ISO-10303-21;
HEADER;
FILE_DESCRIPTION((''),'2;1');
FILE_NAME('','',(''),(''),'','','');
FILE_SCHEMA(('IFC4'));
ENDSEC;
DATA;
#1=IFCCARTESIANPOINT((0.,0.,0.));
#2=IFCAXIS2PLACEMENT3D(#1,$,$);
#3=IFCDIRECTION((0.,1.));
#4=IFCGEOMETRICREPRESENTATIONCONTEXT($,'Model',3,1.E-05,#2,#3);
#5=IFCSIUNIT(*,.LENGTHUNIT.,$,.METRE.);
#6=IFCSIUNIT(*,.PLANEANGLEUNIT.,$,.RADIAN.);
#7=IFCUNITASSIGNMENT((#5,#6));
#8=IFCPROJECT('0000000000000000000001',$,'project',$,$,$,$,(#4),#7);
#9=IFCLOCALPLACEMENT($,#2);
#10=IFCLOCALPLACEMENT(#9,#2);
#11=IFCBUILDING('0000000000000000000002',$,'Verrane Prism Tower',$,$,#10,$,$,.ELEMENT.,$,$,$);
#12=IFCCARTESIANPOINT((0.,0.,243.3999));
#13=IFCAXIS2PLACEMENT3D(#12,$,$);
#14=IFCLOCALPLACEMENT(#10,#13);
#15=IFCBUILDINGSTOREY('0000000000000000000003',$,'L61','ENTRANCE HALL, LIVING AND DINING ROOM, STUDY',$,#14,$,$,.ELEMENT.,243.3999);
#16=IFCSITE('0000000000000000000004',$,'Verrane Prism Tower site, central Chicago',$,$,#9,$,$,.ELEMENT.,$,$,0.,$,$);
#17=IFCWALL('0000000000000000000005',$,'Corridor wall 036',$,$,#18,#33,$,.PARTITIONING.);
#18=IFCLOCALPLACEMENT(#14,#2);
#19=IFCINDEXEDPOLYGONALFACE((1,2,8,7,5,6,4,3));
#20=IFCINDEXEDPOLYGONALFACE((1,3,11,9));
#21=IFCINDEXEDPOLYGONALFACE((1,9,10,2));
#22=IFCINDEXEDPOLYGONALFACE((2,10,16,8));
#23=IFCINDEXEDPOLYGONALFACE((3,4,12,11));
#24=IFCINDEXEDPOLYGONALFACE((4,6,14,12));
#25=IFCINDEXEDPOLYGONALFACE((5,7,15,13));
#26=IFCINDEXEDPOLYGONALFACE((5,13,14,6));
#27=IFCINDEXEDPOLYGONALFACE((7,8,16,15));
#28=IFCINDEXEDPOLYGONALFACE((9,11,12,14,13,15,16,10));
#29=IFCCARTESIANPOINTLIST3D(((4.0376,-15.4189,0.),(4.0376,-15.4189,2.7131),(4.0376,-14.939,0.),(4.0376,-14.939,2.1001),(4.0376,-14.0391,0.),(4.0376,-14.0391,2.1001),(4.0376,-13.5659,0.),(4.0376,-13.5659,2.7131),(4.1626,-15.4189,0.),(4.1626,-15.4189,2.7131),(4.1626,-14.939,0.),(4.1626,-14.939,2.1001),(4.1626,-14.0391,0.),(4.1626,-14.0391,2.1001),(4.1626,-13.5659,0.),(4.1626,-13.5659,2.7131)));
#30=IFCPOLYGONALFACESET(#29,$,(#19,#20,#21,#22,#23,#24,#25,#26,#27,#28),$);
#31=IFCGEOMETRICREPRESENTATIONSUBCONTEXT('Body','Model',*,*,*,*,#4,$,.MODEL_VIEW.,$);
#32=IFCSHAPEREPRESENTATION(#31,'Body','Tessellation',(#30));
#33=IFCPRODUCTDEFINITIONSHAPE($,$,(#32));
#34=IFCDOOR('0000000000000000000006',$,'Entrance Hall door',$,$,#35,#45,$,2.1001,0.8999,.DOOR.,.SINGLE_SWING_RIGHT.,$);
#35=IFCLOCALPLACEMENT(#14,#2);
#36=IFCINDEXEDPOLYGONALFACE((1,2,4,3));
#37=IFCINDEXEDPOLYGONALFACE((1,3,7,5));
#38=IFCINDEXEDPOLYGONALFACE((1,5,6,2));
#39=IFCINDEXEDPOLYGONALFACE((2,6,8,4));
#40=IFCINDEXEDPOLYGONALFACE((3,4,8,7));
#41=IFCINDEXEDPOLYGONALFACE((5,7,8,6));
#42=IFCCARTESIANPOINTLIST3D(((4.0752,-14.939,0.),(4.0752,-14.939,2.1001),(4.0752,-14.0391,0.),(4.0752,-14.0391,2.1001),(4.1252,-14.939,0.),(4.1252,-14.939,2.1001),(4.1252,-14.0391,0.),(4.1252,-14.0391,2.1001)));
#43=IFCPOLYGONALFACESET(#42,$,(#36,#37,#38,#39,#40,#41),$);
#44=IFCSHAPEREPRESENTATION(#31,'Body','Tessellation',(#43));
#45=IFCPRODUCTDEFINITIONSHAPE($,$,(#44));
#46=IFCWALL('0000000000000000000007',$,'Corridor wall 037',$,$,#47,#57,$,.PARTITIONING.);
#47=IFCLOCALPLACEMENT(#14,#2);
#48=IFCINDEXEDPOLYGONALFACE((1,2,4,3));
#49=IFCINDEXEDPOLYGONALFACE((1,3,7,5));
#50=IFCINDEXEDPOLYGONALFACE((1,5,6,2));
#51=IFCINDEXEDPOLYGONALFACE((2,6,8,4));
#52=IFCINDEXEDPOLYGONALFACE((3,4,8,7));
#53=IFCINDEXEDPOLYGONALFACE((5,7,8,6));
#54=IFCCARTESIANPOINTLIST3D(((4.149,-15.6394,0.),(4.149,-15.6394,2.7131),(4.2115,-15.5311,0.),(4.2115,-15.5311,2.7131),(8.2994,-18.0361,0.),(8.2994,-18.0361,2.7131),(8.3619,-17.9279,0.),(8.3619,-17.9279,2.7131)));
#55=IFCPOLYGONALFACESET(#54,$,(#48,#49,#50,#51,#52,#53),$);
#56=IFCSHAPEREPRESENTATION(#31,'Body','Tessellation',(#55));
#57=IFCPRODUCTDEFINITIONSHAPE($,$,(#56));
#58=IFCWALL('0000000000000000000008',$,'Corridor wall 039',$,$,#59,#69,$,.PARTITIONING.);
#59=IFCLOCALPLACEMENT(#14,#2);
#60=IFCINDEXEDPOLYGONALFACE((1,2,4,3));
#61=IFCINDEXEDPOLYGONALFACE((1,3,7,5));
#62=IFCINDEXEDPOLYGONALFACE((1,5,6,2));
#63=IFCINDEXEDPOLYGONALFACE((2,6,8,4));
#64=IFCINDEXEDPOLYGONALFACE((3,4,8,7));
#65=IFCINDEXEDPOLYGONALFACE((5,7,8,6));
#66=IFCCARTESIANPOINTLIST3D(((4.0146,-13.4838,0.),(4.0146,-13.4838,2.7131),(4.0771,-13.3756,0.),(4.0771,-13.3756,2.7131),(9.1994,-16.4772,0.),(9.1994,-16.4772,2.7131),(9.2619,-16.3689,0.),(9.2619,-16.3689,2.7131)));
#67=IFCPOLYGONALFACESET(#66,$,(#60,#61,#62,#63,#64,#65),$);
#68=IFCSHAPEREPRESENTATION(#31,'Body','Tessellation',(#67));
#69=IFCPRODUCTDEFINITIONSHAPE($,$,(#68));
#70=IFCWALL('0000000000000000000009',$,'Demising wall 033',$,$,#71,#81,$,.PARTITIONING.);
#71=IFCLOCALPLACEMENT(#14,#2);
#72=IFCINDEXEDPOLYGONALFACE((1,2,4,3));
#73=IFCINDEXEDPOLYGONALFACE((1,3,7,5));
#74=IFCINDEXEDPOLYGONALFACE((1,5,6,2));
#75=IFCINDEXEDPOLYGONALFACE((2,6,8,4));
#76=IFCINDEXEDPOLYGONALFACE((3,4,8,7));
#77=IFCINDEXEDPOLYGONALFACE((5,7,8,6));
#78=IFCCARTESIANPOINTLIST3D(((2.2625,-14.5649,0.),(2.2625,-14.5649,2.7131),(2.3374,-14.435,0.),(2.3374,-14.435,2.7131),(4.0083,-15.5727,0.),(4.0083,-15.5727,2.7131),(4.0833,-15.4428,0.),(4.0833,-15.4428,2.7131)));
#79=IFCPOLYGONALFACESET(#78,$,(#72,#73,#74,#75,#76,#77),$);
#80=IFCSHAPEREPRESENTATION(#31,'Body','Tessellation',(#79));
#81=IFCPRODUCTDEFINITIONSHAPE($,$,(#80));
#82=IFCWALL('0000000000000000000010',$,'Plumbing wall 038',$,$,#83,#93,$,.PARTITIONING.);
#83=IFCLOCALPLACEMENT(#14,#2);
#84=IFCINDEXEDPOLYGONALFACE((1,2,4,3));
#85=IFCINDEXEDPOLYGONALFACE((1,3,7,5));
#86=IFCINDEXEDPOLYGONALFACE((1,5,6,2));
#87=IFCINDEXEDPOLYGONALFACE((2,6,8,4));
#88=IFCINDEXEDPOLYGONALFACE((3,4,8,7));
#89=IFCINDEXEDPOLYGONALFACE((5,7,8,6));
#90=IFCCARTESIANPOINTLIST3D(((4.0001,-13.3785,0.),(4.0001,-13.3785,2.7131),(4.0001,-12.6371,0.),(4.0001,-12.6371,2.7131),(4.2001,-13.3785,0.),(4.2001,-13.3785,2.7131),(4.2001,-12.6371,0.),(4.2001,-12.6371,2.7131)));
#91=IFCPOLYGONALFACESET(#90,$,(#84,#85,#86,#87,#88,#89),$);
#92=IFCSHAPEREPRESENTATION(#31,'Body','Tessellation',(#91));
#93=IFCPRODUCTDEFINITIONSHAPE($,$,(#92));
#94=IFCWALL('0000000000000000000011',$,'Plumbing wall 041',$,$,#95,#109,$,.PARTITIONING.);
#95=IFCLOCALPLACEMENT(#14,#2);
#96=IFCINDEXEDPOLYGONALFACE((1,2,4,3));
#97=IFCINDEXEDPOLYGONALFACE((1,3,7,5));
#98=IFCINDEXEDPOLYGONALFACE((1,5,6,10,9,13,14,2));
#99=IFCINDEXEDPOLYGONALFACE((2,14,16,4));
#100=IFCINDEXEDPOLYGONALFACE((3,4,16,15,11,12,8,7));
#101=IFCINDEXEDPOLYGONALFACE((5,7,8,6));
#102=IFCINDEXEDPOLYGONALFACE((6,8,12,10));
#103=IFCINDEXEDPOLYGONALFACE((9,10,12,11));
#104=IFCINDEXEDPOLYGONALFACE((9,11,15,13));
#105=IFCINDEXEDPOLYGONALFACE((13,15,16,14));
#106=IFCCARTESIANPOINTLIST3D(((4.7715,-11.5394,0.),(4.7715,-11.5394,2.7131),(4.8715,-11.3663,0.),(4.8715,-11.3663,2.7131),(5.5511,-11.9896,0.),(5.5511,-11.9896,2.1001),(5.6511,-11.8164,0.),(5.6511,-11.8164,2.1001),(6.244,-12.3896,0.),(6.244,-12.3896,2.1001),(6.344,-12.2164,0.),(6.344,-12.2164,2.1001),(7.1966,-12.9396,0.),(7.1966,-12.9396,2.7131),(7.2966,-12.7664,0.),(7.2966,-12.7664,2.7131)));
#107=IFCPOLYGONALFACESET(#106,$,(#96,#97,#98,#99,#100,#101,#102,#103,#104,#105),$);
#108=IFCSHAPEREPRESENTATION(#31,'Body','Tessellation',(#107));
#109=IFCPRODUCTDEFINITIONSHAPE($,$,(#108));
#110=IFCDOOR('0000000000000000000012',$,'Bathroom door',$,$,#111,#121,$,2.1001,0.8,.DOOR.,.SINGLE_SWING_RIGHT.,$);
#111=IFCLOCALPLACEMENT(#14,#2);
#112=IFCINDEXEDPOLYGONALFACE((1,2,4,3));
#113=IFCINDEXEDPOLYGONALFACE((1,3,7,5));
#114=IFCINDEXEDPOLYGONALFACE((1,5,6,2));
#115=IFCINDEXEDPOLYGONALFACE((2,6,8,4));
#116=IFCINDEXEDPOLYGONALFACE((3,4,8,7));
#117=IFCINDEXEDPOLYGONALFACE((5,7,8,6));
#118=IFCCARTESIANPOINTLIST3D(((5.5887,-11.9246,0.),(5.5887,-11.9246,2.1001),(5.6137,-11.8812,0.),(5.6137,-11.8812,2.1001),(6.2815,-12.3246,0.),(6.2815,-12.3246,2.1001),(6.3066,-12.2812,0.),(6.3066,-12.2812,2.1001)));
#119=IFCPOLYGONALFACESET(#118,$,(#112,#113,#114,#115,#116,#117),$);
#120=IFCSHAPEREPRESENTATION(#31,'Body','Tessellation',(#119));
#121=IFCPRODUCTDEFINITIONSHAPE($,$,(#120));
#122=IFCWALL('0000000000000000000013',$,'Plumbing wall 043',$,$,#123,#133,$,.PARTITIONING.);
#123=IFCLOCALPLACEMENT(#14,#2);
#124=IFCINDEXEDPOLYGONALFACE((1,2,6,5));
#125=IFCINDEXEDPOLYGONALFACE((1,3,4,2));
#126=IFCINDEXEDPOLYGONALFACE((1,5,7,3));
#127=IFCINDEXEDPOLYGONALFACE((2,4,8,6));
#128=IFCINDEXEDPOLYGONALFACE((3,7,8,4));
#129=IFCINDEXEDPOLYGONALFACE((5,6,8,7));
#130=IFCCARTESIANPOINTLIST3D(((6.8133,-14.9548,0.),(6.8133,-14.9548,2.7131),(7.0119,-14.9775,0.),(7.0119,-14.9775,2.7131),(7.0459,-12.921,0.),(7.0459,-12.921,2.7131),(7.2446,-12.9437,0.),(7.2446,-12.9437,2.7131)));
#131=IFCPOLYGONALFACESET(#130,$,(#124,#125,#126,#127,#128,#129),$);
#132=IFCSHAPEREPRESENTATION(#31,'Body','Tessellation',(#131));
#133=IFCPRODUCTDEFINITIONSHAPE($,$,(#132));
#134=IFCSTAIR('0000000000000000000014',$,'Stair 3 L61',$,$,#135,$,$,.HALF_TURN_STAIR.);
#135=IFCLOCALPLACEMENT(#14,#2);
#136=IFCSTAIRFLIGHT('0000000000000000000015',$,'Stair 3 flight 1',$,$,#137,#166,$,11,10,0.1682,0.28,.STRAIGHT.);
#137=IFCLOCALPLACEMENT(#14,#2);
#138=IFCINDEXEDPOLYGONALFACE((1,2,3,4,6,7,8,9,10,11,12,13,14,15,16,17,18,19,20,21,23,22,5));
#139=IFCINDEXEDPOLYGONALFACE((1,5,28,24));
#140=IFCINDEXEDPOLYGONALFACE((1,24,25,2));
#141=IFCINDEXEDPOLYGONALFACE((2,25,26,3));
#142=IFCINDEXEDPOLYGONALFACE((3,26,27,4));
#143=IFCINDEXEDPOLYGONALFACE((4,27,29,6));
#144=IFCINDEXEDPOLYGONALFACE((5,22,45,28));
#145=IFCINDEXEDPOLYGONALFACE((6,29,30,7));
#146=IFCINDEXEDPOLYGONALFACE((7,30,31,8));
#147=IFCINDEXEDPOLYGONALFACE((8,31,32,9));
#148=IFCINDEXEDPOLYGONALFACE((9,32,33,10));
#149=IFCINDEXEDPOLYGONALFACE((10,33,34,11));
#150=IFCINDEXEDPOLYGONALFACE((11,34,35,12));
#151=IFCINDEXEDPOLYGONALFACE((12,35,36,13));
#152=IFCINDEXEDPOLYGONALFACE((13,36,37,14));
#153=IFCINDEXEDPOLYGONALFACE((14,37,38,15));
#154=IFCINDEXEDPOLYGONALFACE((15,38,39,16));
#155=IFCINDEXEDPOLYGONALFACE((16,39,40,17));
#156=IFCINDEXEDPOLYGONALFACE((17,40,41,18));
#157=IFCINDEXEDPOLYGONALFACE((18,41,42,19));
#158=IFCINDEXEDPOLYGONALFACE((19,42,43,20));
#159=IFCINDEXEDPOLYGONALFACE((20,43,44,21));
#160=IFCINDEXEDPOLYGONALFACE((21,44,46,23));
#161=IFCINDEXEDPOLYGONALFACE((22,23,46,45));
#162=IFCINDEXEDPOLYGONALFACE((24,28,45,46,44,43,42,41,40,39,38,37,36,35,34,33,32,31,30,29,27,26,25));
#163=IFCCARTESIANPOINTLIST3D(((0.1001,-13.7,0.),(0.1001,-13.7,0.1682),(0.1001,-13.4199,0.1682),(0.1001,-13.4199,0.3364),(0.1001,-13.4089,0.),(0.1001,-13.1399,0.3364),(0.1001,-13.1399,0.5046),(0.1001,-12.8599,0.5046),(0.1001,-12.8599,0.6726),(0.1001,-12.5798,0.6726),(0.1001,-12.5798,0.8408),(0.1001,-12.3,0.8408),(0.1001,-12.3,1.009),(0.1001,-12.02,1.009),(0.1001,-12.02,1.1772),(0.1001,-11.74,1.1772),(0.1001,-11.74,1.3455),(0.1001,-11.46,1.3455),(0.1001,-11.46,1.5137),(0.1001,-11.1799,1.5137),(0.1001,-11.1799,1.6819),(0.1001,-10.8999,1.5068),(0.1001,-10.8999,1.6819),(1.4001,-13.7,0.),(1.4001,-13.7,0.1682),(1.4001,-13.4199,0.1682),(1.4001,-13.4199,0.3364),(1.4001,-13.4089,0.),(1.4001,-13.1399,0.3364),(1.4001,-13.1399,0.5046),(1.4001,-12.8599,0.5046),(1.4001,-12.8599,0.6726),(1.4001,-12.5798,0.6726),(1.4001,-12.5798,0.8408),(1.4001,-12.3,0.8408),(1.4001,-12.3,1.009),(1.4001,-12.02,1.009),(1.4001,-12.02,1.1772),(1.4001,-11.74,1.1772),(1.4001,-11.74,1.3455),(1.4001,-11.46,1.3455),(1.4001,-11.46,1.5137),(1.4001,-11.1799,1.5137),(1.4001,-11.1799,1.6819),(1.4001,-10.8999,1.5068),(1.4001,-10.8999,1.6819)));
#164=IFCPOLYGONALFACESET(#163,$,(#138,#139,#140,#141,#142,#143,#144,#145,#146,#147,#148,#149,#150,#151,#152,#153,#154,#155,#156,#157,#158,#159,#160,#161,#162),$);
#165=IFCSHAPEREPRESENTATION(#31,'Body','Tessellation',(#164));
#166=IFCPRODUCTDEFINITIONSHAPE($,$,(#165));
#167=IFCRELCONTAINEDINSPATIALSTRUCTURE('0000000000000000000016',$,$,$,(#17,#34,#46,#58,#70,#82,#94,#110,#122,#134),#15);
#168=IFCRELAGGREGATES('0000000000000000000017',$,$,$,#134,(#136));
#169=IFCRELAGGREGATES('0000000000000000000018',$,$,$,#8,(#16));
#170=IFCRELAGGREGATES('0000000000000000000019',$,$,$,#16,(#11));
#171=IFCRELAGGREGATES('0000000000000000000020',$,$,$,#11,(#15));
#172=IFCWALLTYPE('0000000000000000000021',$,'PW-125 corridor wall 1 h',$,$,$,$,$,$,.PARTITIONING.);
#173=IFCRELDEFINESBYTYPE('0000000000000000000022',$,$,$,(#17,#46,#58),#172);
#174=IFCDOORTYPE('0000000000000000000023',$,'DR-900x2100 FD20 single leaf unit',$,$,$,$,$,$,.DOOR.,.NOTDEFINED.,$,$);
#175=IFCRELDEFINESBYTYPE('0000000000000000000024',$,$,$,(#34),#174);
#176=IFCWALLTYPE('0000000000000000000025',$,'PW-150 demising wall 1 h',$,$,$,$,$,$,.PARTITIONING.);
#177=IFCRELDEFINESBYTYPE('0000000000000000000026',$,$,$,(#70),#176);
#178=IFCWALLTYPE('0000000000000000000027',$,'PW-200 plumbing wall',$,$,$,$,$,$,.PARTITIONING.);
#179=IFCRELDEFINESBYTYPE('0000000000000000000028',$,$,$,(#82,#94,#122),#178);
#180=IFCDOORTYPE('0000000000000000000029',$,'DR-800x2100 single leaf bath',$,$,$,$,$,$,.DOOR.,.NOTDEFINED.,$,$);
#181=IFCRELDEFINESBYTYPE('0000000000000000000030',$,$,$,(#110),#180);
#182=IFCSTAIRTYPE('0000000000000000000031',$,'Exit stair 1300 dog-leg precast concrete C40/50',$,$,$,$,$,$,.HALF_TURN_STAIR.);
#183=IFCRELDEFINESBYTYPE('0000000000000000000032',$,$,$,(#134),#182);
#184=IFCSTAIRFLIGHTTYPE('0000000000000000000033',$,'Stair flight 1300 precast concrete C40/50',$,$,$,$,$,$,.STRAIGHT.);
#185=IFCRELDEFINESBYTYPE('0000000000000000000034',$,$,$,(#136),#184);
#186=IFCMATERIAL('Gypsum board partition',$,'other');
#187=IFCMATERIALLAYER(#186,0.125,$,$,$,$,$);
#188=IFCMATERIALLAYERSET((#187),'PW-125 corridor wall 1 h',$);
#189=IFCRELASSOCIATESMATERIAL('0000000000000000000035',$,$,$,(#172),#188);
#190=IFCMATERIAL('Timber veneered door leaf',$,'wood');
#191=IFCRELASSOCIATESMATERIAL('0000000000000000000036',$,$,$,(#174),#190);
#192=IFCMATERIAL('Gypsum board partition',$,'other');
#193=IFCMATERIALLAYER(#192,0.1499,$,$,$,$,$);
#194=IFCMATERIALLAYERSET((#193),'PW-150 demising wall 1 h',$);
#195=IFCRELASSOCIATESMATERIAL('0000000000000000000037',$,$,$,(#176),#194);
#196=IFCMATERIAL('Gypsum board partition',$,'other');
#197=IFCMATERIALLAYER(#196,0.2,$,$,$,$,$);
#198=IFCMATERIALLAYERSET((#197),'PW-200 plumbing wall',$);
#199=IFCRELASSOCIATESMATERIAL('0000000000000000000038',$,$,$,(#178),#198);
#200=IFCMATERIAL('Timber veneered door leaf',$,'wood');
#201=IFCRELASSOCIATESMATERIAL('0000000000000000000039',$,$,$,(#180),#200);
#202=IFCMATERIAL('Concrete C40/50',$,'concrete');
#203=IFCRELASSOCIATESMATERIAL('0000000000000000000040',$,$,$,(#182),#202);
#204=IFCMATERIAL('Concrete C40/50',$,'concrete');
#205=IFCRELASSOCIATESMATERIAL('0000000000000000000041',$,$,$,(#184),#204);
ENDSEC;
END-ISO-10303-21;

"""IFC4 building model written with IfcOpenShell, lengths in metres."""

from ifc_helpers import new_model, si_unit, direction, frame, frame_2d, origin, place, context, subcontext, project, spatial, polyline, rectangle, outline, extrude, material, layer, layer_set, type_object, element, fill, aggregate, save


model = new_model("IFC4")

# Units and contexts
model_context = context("Model", 3, precision=1e-05, world=origin(), true_north=direction((0.0, 1.0)))
body_context = subcontext(model_context, "Body", "Model", "MODEL_VIEW")
ifc_project = project(units=[si_unit("LENGTHUNIT", "METRE"), si_unit("PLANEANGLEUNIT", "RADIAN")], contexts=[model_context])

# Site, building, storey
site_placement = place(None, origin())
site = spatial("IfcSite", under=ifc_project, at=site_placement, Name="Verrane Prism Tower site, central Chicago", CompositionType="ELEMENT", RefElevation=0.0)
building_placement = place(site_placement, origin())
building = spatial("IfcBuilding", under=site, at=building_placement, Name="Verrane Prism Tower", CompositionType="ELEMENT")
storey_placement = place(building_placement, frame((0.0, 0.0, 243.3999)))
storey = spatial("IfcBuildingStorey", under=building, at=storey_placement, Name="L61", Description="ENTRANCE HALL, LIVING AND DINING ROOM, STUDY", CompositionType="ELEMENT", Elevation=243.3999)

# Wall, opening, door
ifc_material_1 = material(Name="Gypsum board partition", Category="other")
ifc_layer_1 = layer(ifc_material_1, 0.125)
ifc_layer_set_1 = layer_set([ifc_layer_1], Name="PW-125 corridor wall 1 h")
wall_type_1 = type_object("IfcWallType", Name="PW-125 corridor wall 1 h", PredefinedType="PARTITIONING", material=ifc_layer_set_1)
wall_1_placement = place(storey_placement, frame((4.1001, -15.4189, 0.0), z_axis=(0.0, 0.0, 1.0), x_axis=(0.0, 1.0, 0.0)))
wall_1 = element("IfcWall", 1, at=wall_1_placement, inside=storey, type_object=wall_type_1, Name="Corridor wall 036", PredefinedType="PARTITIONING", context=body_context, shape_type="SweptSolid", body=[
    extrude(rectangle(XDim=1.853, YDim=0.125, at=frame_2d((0.9265, 0.0))), origin(), (0.0, 0.0, 1.0), 2.7131),
])
opening_1_placement = place(wall_1_placement, frame((0.48, 0.0, 0.0)))
opening_1 = element("IfcOpeningElement", 2, at=opening_1_placement, cuts=wall_1, PredefinedType="OPENING", context=body_context, shape_type="SweptSolid", body=[
    extrude(rectangle(XDim=0.8999, YDim=2.1001, at=frame_2d((0.45, 1.05))), frame((0.0, 0.0725, 0.0), z_axis=(0.0, -1.0, 0.0), x_axis=(1.0, 0.0, 0.0)), (0.0, 0.0, 1.0), 0.145),
])
ifc_material_2 = material(Name="Timber veneered door leaf", Category="wood")
door_type_1 = type_object("IfcDoorType", Name="DR-900x2100 FD20 single leaf unit", OperationType="NOTDEFINED", PredefinedType="DOOR", material=ifc_material_2)
door_1_placement = place(opening_1_placement, origin())
door_1 = element("IfcDoor", 3, at=door_1_placement, inside=storey, type_object=door_type_1, Name="Entrance Hall door", OperationType="SINGLE_SWING_RIGHT", OverallHeight=2.1001, OverallWidth=0.8999, PredefinedType="DOOR", context=body_context, shape_type="SweptSolid", body=[
    extrude(rectangle(XDim=0.8999, YDim=2.1001, at=frame_2d((0.45, 1.05))), frame((0.0, 0.0249, 0.0), z_axis=(0.0, -1.0, 0.0), x_axis=(1.0, 0.0, 0.0)), (0.0, 0.0, 1.0), 0.05),
])
fill(opening_1, door_1)

# Walls
wall_2_placement = place(storey_placement, frame((4.1802, -15.5852, 0.0), z_axis=(0.0, 0.0, 1.0), x_axis=(0.86598, -0.500078, 0.0)))
element("IfcWall", 4, at=wall_2_placement, inside=storey, type_object=wall_type_1, Name="Corridor wall 037", PredefinedType="PARTITIONING", context=body_context, shape_type="SweptSolid", body=[
    extrude(rectangle(XDim=4.7927, YDim=0.125, at=frame_2d((2.3965, 0.0))), origin(), (0.0, 0.0, 1.0), 2.7131),
])
wall_3_placement = place(storey_placement, frame((4.0459, -13.4297, 0.0), z_axis=(0.0, 0.0, 1.0), x_axis=(0.866029, -0.499994, 0.0)))
element("IfcWall", 5, at=wall_3_placement, inside=storey, type_object=wall_type_1, Name="Corridor wall 039", PredefinedType="PARTITIONING", context=body_context, shape_type="SweptSolid", body=[
    extrude(rectangle(XDim=5.9868, YDim=0.125, at=frame_2d((2.9934, 0.0))), origin(), (0.0, 0.0, 1.0), 2.7131),
])
ifc_material_3 = material(Name="Gypsum board partition", Category="other")
ifc_layer_2 = layer(ifc_material_3, 0.1499)
ifc_layer_set_2 = layer_set([ifc_layer_2], Name="PW-150 demising wall 1 h")
wall_type_2 = type_object("IfcWallType", Name="PW-150 demising wall 1 h", PredefinedType="PARTITIONING", material=ifc_layer_set_2)
wall_4_placement = place(storey_placement, frame((2.3, -14.5, 0.0), z_axis=(0.0, 0.0, 1.0), x_axis=(0.866059, -0.499943, 0.0)))
element("IfcWall", 6, at=wall_4_placement, inside=storey, type_object=wall_type_2, Name="Demising wall 033", PredefinedType="PARTITIONING", context=body_context, shape_type="SweptSolid", body=[
    extrude(rectangle(XDim=2.0159, YDim=0.1499, at=frame_2d((1.0078, 0.0))), origin(), (0.0, 0.0, 1.0), 2.7131),
])
ifc_material_4 = material(Name="Gypsum board partition", Category="other")
ifc_layer_3 = layer(ifc_material_4, 0.2)
ifc_layer_set_3 = layer_set([ifc_layer_3], Name="PW-200 plumbing wall")
wall_type_3 = type_object("IfcWallType", Name="PW-200 plumbing wall", PredefinedType="PARTITIONING", material=ifc_layer_set_3)
wall_5_placement = place(storey_placement, frame((4.1001, -13.3784, 0.0), z_axis=(0.0, 0.0, 1.0), x_axis=(0.0, 1.0, 0.0)))
element("IfcWall", 7, at=wall_5_placement, inside=storey, type_object=wall_type_3, Name="Plumbing wall 038", PredefinedType="PARTITIONING", context=body_context, shape_type="SweptSolid", body=[
    extrude(rectangle(XDim=0.7415, YDim=0.2, at=frame_2d((0.3706, 0.0))), origin(), (0.0, 0.0, 1.0), 2.7131),
])

# Wall, opening, door
wall_6_placement = place(storey_placement, frame((7.2466, -12.853, 0.0), z_axis=(0.0, 0.0, 1.0), x_axis=(-0.866019, 0.500012, 0.0)))
wall_6 = element("IfcWall", 8, at=wall_6_placement, inside=storey, type_object=wall_type_3, Name="Plumbing wall 041", PredefinedType="PARTITIONING", context=body_context, shape_type="SweptSolid", body=[
    extrude(rectangle(XDim=2.8003, YDim=0.2, at=frame_2d((1.4001, 0.0))), origin(), (0.0, 0.0, 1.0), 2.7131),
])
opening_2_placement = place(wall_6_placement, frame((1.1001, 0.0, 0.0)))
opening_2 = element("IfcOpeningElement", 9, at=opening_2_placement, cuts=wall_6, PredefinedType="OPENING", context=body_context, shape_type="SweptSolid", body=[
    extrude(rectangle(XDim=0.8, YDim=2.1001, at=frame_2d((0.3999, 1.05))), frame((0.0, 0.1099, 0.0), z_axis=(0.0, -1.0, 0.0), x_axis=(1.0, 0.0, 0.0)), (0.0, 0.0, 1.0), 0.22),
])
ifc_material_5 = material(Name="Timber veneered door leaf", Category="wood")
door_type_2 = type_object("IfcDoorType", Name="DR-800x2100 single leaf bath", OperationType="NOTDEFINED", PredefinedType="DOOR", material=ifc_material_5)
door_2_placement = place(opening_2_placement, origin())
door_2 = element("IfcDoor", 10, at=door_2_placement, inside=storey, type_object=door_type_2, Name="Bathroom door", OperationType="SINGLE_SWING_RIGHT", OverallHeight=2.1001, OverallWidth=0.8, PredefinedType="DOOR", context=body_context, shape_type="SweptSolid", body=[
    extrude(rectangle(XDim=0.8, YDim=2.1001, at=frame_2d((0.3999, 1.05))), frame((0.0, 0.0249, 0.0), z_axis=(0.0, -1.0, 0.0), x_axis=(1.0, 0.0, 0.0)), (0.0, 0.0, 1.0), 0.05),
])
fill(opening_2, door_2)

# Wall
wall_7_placement = place(storey_placement, frame((6.9126, -14.9661, 0.0), z_axis=(0.0, 0.0, 1.0), x_axis=(0.113651, 0.993521, 0.0)))
element("IfcWall", 11, at=wall_7_placement, inside=storey, type_object=wall_type_3, Name="Plumbing wall 043", PredefinedType="PARTITIONING", context=body_context, shape_type="SweptSolid", body=[
    extrude(rectangle(XDim=2.0471, YDim=0.2, at=frame_2d((1.0234, 0.0))), origin(), (0.0, 0.0, 1.0), 2.7131),
])

# Stair, stair flight
ifc_material_6 = material(Name="Concrete C40/50", Category="concrete")
stair_type = type_object("IfcStairType", Name="Exit stair 1300 dog-leg precast concrete C40/50", PredefinedType="HALF_TURN_STAIR", material=ifc_material_6)
stair_placement = place(storey_placement, origin())
stair = element("IfcStair", 12, at=stair_placement, inside=storey, type_object=stair_type, Name="Stair 3 L61", PredefinedType="HALF_TURN_STAIR")
ifc_material_7 = material(Name="Concrete C40/50", Category="concrete")
stair_flight_type = type_object("IfcStairFlightType", Name="Stair flight 1300 precast concrete C40/50", PredefinedType="STRAIGHT", material=ifc_material_7)
stair_flight_placement = place(storey_placement, frame((0.75, -13.7, 0.0), z_axis=(0.0, 0.0, 1.0), x_axis=(0.0, 1.0, 0.0)))
stair_flight = element("IfcStairFlight", 13, at=stair_flight_placement, type_object=stair_flight_type, Name="Stair 3 flight 1", NumberOfRisers=11, NumberOfTreads=10, PredefinedType="STRAIGHT", RiserHeight=0.1682, TreadLength=0.28, context=body_context, shape_type="SweptSolid", body=[
    extrude(outline(polyline([(0.0, 0.0), (0.0, 0.1682), (0.28, 0.1682), (0.28, 0.3364), (0.5601, 0.3364), (0.5601, 0.5046), (0.8401, 0.5046), (0.8401, 0.6726), (1.1201, 0.6726), (1.1201, 0.8408), (1.3999, 0.8408), (1.3999, 1.009), (1.6799, 1.009), (1.6799, 1.1772), (1.96, 1.1772), (1.96, 1.3455), (2.24, 1.3455), (2.24, 1.5137), (2.52, 1.5137), (2.52, 1.6819), (2.8, 1.6819), (2.8, 1.8501), (2.8, 1.5068), (0.291, 0.0), (0.0, 0.0)])), frame((0.0, 0.6499, 0.0), z_axis=(0.0, -1.0, 0.0), x_axis=(1.0, 0.0, 0.0)), (0.0, 0.0, 1.0), 1.3),
])
aggregate(stair, [stair_flight])

save(model, "model.ifc")
